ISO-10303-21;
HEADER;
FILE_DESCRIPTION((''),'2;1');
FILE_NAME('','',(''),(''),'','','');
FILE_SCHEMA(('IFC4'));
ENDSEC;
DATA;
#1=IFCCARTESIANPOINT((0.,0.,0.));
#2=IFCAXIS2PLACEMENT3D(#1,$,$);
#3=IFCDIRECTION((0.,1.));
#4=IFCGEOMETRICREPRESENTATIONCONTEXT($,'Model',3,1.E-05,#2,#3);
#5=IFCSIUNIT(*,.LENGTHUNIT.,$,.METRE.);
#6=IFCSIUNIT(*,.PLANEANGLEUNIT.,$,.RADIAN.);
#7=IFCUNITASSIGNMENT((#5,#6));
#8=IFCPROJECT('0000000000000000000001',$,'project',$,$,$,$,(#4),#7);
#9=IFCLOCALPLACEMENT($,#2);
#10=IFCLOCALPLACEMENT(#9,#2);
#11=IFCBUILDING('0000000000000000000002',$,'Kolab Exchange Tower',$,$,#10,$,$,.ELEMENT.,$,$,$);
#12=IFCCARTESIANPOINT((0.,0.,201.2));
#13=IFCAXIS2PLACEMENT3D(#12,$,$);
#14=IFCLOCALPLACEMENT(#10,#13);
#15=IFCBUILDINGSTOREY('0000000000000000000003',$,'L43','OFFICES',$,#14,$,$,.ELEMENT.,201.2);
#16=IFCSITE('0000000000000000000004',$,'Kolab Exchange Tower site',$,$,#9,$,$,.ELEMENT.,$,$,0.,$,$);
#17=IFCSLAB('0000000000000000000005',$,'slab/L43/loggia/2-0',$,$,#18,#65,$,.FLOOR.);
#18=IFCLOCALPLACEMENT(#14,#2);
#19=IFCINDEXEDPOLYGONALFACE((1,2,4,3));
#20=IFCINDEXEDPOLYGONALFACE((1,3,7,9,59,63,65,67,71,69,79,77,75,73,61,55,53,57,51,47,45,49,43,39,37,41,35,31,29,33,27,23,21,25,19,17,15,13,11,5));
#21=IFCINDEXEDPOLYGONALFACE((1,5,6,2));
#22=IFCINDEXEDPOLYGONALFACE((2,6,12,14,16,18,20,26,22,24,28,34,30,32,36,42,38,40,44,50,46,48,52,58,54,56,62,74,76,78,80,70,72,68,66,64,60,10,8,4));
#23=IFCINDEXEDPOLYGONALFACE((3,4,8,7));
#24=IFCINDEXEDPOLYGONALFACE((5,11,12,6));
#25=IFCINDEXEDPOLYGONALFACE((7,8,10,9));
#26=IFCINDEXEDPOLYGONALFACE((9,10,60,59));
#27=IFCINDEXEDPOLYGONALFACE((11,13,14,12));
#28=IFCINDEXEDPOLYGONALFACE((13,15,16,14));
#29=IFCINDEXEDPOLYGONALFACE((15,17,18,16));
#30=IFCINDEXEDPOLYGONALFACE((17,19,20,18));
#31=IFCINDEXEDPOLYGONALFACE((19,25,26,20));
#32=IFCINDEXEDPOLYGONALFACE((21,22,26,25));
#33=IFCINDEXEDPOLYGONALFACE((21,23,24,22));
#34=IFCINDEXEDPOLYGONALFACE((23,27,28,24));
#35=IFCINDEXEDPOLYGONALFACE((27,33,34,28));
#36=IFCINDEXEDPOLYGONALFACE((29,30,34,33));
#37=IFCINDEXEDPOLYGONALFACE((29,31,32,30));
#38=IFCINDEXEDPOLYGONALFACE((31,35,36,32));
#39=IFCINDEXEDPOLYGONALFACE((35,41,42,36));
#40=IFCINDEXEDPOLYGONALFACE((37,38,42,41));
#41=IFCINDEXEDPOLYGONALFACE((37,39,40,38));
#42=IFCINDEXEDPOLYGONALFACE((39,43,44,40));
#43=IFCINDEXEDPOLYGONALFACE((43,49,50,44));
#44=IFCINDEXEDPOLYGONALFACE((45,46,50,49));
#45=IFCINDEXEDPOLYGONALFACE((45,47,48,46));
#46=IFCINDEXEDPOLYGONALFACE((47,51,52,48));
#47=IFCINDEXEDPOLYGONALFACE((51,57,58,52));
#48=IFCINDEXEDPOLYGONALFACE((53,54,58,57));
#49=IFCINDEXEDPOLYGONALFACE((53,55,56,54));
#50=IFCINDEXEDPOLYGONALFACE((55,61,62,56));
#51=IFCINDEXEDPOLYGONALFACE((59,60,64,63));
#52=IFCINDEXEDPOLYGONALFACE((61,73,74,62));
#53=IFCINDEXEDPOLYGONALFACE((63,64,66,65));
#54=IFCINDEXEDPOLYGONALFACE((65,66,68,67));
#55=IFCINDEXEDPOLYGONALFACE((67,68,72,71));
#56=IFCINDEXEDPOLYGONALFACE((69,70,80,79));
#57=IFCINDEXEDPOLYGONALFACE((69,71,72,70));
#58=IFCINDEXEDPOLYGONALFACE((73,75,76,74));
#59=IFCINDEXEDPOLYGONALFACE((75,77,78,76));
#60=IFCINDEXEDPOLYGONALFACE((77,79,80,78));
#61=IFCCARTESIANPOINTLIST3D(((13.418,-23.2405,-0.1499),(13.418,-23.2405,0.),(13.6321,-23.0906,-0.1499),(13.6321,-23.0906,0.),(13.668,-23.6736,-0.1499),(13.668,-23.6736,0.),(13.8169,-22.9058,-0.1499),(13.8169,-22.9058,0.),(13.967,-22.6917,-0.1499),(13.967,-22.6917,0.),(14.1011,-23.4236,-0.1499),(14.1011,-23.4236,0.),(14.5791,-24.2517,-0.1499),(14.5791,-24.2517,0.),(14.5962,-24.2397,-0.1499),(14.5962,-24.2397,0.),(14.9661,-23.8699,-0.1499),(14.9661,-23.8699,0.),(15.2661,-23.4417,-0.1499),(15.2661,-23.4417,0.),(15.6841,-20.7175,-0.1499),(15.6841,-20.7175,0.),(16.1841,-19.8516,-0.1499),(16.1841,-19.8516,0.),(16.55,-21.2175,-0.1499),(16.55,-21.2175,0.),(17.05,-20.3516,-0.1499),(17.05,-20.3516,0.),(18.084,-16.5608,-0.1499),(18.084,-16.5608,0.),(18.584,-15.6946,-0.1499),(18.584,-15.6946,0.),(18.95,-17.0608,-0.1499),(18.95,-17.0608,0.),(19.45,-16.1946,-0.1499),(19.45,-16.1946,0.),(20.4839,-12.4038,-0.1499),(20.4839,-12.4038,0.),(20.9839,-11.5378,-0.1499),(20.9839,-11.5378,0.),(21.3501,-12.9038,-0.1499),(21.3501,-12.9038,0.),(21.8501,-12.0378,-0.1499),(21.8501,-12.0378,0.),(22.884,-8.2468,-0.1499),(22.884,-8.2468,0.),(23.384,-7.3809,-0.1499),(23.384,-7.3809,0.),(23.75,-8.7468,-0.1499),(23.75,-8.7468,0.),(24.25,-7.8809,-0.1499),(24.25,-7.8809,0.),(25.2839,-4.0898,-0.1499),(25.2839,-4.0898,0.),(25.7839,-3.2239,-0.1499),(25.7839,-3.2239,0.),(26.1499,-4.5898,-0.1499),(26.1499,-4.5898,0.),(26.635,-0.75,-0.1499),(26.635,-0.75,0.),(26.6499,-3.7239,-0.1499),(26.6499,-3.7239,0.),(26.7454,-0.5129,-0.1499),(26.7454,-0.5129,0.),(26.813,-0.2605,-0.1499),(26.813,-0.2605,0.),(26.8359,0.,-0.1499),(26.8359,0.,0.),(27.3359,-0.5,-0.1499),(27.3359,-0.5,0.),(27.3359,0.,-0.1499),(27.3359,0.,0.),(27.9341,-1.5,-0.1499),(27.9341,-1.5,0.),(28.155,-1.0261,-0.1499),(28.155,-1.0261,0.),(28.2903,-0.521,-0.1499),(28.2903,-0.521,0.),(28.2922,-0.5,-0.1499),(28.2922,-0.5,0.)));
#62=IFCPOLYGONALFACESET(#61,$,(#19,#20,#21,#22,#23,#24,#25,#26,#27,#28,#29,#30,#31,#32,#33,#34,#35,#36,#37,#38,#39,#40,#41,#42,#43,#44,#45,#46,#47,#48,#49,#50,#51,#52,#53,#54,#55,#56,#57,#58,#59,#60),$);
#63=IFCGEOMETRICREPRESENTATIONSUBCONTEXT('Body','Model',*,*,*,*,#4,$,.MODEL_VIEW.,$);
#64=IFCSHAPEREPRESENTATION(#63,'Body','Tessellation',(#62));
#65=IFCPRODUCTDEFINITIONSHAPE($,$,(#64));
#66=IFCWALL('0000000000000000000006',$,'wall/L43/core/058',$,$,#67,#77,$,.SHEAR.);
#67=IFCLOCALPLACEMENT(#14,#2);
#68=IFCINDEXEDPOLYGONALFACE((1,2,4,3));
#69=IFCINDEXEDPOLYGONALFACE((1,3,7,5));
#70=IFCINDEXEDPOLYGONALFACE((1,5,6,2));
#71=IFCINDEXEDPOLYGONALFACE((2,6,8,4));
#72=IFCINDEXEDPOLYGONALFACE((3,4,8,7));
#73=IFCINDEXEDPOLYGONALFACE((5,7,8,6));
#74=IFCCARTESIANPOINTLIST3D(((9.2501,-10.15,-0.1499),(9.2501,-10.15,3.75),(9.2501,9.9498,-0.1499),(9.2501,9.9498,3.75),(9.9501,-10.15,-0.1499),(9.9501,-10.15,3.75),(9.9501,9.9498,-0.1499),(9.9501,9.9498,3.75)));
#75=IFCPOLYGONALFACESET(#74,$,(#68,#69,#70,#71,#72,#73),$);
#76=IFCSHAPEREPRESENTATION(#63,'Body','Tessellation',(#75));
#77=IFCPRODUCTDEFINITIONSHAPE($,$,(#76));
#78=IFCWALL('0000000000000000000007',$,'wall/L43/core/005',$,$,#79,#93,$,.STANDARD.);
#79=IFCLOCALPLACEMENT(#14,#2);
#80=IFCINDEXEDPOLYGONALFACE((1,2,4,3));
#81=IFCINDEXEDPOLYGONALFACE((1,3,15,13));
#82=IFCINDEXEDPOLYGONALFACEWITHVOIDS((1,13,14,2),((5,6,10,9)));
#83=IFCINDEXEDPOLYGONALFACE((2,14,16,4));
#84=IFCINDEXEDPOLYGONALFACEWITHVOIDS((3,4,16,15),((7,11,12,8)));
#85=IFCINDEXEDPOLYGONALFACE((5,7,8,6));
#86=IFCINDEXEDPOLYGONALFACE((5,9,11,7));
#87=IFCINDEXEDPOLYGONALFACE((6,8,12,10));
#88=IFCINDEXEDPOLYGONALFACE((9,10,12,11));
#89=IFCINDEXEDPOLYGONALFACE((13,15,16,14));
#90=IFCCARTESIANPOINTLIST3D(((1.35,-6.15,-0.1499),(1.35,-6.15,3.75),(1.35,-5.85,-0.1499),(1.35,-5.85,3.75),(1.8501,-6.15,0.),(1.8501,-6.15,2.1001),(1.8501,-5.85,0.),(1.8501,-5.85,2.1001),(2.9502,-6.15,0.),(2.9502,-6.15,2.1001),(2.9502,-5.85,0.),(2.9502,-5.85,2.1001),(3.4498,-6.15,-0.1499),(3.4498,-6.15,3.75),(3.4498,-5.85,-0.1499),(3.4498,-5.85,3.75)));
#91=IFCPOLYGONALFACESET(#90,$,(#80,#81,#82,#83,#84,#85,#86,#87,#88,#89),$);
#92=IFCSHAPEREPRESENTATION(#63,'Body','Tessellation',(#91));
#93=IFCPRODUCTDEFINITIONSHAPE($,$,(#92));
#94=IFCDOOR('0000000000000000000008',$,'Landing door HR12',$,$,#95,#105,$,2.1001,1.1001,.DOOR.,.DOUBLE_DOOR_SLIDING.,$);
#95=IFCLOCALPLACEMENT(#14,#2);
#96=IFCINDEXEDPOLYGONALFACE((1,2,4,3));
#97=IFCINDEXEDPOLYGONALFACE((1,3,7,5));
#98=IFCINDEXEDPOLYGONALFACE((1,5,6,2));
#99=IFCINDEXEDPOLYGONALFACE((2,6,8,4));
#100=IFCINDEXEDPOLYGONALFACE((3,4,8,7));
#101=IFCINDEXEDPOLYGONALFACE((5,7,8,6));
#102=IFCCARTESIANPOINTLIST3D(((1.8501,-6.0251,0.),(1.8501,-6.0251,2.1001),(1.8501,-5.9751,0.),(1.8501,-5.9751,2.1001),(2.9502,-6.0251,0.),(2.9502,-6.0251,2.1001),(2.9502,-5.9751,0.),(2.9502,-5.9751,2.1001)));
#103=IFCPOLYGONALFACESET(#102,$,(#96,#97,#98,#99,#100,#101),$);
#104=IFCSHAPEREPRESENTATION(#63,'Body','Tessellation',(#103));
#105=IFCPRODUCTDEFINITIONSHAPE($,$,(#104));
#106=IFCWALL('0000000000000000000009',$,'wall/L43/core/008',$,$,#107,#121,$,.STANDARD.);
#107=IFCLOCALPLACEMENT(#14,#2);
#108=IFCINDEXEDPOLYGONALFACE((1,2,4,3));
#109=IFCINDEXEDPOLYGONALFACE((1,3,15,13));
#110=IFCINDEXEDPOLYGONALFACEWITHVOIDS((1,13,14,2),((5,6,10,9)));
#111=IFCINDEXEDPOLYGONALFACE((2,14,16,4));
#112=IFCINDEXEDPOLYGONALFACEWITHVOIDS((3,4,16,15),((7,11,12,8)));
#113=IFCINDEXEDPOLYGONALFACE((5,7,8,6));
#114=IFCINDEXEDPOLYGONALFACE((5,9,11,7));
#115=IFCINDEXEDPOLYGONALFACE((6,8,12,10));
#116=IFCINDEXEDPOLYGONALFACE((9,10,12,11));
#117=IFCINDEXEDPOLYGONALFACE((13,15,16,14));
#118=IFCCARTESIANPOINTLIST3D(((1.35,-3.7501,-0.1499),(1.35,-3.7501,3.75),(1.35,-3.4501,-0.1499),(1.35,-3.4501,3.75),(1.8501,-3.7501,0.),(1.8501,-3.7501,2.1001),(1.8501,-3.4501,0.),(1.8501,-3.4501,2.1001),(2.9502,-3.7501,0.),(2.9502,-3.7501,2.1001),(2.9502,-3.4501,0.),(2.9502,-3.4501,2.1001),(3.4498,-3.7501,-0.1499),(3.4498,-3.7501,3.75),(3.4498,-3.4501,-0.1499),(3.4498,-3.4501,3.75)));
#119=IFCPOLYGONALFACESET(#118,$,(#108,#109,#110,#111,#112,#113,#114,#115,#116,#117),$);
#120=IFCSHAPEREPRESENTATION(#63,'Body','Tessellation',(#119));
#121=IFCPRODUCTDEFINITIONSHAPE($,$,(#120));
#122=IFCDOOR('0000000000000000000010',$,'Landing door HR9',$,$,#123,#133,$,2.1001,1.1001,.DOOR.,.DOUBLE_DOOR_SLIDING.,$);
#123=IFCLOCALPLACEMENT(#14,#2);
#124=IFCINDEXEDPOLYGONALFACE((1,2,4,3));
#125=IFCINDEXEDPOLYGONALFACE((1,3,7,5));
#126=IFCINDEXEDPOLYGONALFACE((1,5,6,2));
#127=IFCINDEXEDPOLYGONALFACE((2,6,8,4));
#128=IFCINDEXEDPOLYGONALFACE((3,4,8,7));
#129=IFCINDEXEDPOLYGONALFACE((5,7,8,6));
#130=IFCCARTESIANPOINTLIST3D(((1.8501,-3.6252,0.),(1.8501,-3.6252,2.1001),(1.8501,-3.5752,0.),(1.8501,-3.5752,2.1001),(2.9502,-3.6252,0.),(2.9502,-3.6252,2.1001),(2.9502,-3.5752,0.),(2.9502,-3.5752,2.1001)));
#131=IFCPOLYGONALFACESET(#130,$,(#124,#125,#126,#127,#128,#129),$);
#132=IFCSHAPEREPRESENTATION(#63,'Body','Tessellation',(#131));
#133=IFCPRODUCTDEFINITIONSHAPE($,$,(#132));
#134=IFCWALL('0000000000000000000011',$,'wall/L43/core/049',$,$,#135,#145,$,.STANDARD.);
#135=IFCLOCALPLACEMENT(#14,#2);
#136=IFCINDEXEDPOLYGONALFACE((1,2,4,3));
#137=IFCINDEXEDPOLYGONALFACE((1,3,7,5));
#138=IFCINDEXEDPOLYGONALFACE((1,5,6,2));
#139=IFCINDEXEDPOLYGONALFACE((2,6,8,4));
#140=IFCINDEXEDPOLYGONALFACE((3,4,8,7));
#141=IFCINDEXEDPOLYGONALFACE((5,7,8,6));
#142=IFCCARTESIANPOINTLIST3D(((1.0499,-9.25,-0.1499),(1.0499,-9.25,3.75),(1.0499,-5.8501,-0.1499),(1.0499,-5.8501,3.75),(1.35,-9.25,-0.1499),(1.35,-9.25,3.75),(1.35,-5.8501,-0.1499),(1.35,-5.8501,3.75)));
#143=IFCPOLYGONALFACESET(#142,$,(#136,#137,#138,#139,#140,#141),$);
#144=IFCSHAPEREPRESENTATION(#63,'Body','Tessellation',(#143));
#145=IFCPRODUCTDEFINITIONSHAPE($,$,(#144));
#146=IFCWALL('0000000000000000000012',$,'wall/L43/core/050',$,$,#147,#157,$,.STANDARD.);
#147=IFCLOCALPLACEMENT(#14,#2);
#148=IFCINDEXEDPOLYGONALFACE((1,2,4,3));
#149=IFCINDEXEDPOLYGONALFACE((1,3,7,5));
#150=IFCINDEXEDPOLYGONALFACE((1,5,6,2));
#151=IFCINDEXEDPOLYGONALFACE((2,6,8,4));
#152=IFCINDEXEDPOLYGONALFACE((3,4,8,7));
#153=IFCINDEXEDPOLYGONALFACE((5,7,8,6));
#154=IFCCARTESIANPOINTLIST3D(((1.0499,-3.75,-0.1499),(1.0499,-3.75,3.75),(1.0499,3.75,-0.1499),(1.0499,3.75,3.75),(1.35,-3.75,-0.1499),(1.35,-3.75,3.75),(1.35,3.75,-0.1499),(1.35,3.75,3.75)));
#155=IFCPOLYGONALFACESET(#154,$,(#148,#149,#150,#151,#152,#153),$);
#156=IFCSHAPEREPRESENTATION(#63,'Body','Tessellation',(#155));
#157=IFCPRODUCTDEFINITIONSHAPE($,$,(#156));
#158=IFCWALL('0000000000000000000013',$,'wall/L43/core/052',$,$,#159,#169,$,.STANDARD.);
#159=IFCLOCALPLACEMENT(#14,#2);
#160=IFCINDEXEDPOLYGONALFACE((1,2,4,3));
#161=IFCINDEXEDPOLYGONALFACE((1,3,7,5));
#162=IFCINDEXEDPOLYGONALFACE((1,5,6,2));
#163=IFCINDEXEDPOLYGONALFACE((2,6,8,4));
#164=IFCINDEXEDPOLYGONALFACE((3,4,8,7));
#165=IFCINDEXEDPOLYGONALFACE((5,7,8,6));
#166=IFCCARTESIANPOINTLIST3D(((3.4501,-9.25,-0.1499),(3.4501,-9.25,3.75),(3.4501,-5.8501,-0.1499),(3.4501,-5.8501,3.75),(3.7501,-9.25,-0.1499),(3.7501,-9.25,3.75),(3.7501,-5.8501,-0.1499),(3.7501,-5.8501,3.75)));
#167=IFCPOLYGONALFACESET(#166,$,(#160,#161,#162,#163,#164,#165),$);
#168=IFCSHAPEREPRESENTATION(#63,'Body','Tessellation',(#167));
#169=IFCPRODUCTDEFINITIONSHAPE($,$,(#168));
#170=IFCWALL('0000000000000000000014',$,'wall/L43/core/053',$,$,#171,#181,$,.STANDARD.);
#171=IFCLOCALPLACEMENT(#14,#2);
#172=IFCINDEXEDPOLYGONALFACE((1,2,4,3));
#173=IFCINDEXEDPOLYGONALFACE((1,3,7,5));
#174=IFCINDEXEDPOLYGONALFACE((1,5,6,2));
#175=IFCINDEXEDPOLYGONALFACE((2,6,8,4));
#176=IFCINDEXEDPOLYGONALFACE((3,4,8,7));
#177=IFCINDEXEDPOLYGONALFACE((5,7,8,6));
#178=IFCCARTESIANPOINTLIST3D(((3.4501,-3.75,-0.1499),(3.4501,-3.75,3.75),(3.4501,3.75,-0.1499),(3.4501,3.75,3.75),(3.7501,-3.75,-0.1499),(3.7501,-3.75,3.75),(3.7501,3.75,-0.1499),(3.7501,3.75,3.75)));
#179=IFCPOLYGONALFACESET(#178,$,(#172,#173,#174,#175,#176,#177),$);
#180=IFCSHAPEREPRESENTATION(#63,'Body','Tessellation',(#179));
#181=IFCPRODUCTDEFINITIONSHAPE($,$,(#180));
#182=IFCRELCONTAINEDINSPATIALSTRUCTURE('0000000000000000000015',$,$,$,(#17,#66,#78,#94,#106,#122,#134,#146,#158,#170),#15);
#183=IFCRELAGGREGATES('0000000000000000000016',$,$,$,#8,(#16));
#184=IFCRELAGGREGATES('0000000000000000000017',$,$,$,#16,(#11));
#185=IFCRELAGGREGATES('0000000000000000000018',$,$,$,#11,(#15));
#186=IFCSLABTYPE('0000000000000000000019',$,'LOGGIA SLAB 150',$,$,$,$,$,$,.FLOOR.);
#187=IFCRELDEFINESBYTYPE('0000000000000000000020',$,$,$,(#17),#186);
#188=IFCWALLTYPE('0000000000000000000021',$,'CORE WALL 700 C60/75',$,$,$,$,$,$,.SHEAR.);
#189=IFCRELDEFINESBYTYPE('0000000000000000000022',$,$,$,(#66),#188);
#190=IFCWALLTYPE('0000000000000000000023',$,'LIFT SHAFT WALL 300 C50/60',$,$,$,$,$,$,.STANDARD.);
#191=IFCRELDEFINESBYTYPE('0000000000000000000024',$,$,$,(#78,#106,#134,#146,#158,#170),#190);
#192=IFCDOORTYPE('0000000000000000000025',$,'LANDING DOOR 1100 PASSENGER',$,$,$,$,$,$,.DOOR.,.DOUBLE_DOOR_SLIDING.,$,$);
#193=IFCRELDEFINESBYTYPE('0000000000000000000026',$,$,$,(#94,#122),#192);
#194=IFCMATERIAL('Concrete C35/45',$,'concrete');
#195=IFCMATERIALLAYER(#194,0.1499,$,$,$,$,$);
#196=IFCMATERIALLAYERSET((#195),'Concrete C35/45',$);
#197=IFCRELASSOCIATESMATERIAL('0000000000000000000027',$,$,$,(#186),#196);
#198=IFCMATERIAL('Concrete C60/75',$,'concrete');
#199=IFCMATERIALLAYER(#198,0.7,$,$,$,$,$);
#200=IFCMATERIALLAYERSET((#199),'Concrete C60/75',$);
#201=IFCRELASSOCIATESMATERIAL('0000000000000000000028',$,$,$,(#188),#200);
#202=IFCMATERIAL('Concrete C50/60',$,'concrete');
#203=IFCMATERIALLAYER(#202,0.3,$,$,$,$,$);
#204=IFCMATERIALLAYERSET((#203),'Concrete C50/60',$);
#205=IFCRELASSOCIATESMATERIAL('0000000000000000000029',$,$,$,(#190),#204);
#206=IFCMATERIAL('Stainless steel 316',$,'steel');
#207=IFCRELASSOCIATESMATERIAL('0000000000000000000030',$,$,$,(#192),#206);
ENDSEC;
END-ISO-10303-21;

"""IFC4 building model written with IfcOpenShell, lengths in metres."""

from ifc_helpers import new_model, si_unit, direction, frame, frame_2d, origin, place, context, subcontext, project, spatial, polyline, rectangle, outline, extrude, material, layer, layer_set, type_object, element, fill, save


model = new_model("IFC4")

# Units and contexts
model_context = context("Model", 3, precision=1e-05, world=origin(), true_north=direction((0.0, 1.0)))
body_context = subcontext(model_context, "Body", "Model", "MODEL_VIEW")
ifc_project = project(units=[si_unit("LENGTHUNIT", "METRE"), si_unit("PLANEANGLEUNIT", "RADIAN")], contexts=[model_context])

# Site, building, storey
site_placement = place(None, origin())
site = spatial("IfcSite", under=ifc_project, at=site_placement, Name="Kolab Exchange Tower site", CompositionType="ELEMENT", RefElevation=0.0)
building_placement = place(site_placement, origin())
building = spatial("IfcBuilding", under=site, at=building_placement, Name="Kolab Exchange Tower", CompositionType="ELEMENT")
storey_placement = place(building_placement, frame((0.0, 0.0, 201.2)))
storey = spatial("IfcBuildingStorey", under=building, at=storey_placement, Name="L43", Description="OFFICES", CompositionType="ELEMENT", Elevation=201.2)

# Slab
ifc_material_1 = material(Name="Concrete C35/45", Category="concrete")
ifc_layer_1 = layer(ifc_material_1, 0.1499)
ifc_layer_set_1 = layer_set([ifc_layer_1], Name="Concrete C35/45")
slab_type_1 = type_object("IfcSlabType", Name="LOGGIA SLAB 150", PredefinedType="FLOOR", material=ifc_layer_set_1)
slab_1_placement = place(storey_placement, frame((0.0, 0.0, -0.1499)))
element("IfcSlab", 1, at=slab_1_placement, inside=storey, type_object=slab_type_1, Name="slab/L43/loggia/2-0", PredefinedType="FLOOR", context=body_context, shape_type="SweptSolid", body=[
    extrude(outline(polyline([(15.2661, -23.4417), (16.55, -21.2175), (15.6841, -20.7175), (16.1841, -19.8516), (17.05, -20.3516), (18.95, -17.0608), (18.084, -16.5608), (18.584, -15.6946), (19.45, -16.1946), (21.3501, -12.9038), (20.4839, -12.4038), (20.9839, -11.5378), (21.8501, -12.0378), (23.75, -8.7468), (22.884, -8.2468), (23.384, -7.3809), (24.25, -7.8809), (26.1499, -4.5898), (25.2839, -4.0898), (25.7839, -3.2239), (26.6499, -3.7239), (27.9341, -1.5), (28.155, -1.0261), (28.2903, -0.521), (28.2922, -0.5), (27.3359, -0.5), (27.3359, 0.0), (26.8359, 0.0), (26.813, -0.2605), (26.7454, -0.5129), (26.635, -0.75), (13.967, -22.6917), (13.8169, -22.9058), (13.6321, -23.0906), (13.418, -23.2405), (13.668, -23.6736), (14.1011, -23.4236), (14.5791, -24.2517), (14.5962, -24.2397), (14.9661, -23.8699), (15.2661, -23.4417)])), origin(), (0.0, 0.0, 1.0), 0.1499),
])

# Wall
ifc_material_2 = material(Name="Concrete C60/75", Category="concrete")
ifc_layer_2 = layer(ifc_material_2, 0.7)
ifc_layer_set_2 = layer_set([ifc_layer_2], Name="Concrete C60/75")
wall_type_1 = type_object("IfcWallType", Name="CORE WALL 700 C60/75", PredefinedType="SHEAR", material=ifc_layer_set_2)
wall_1_placement = place(storey_placement, frame((9.6001, -10.1499, -0.1499), z_axis=(0.0, 0.0, 1.0), x_axis=(0.0, 1.0, 0.0)))
element("IfcWall", 2, at=wall_1_placement, inside=storey, type_object=wall_type_1, Name="wall/L43/core/058", PredefinedType="SHEAR", context=body_context, shape_type="SweptSolid", body=[
    extrude(rectangle(XDim=20.0999, YDim=0.7, at=frame_2d((10.0498, 0.0))), origin(), (0.0, 0.0, 1.0), 3.8999),
])

# Walls, openings, doors
ifc_material_3 = material(Name="Concrete C50/60", Category="concrete")
ifc_layer_3 = layer(ifc_material_3, 0.3)
ifc_layer_set_3 = layer_set([ifc_layer_3], Name="Concrete C50/60")
wall_type_2 = type_object("IfcWallType", Name="LIFT SHAFT WALL 300 C50/60", PredefinedType="STANDARD", material=ifc_layer_set_3)
wall_2_placement = place(storey_placement, frame((1.3501, -6.0, -0.1499), z_axis=(0.0, 0.0, 1.0), x_axis=(1.0, 0.0, 0.0)))
wall_2 = element("IfcWall", 3, at=wall_2_placement, inside=storey, type_object=wall_type_2, Name="wall/L43/core/005", PredefinedType="STANDARD", context=body_context, shape_type="SweptSolid", body=[
    extrude(rectangle(XDim=2.0999, YDim=0.3, at=frame_2d((1.0498, 0.0))), origin(), (0.0, 0.0, 1.0), 3.8999),
])
opening_1_placement = place(wall_2_placement, frame((0.5, 0.0, 0.1499)))
opening_1 = element("IfcOpeningElement", 4, at=opening_1_placement, cuts=wall_2, PredefinedType="OPENING", context=body_context, shape_type="SweptSolid", body=[
    extrude(rectangle(XDim=1.1001, YDim=2.1001, at=frame_2d((0.55, 1.05))), frame((0.0, 0.1602, 0.0), z_axis=(0.0, -1.0, 0.0), x_axis=(1.0, 0.0, 0.0)), (0.0, 0.0, 1.0), 0.3201),
])
ifc_material_4 = material(Name="Stainless steel 316", Category="steel")
door_type_1 = type_object("IfcDoorType", Name="LANDING DOOR 1100 PASSENGER", OperationType="DOUBLE_DOOR_SLIDING", PredefinedType="DOOR", material=ifc_material_4)
door_1_placement = place(opening_1_placement, origin())
door_1 = element("IfcDoor", 5, at=door_1_placement, inside=storey, type_object=door_type_1, Name="Landing door HR12", OperationType="DOUBLE_DOOR_SLIDING", OverallHeight=2.1001, OverallWidth=1.1001, PredefinedType="DOOR", context=body_context, shape_type="SweptSolid", body=[
    extrude(rectangle(XDim=1.1001, YDim=2.1001, at=frame_2d((0.55, 1.05))), frame((0.0, 0.0249, 0.0), z_axis=(0.0, -1.0, 0.0), x_axis=(1.0, 0.0, 0.0)), (0.0, 0.0, 1.0), 0.05),
])
fill(opening_1, door_1)
wall_3_placement = place(storey_placement, frame((1.3501, -3.6001, -0.1499), z_axis=(0.0, 0.0, 1.0), x_axis=(1.0, 0.0, 0.0)))
wall_3 = element("IfcWall", 6, at=wall_3_placement, inside=storey, type_object=wall_type_2, Name="wall/L43/core/008", PredefinedType="STANDARD", context=body_context, shape_type="SweptSolid", body=[
    extrude(rectangle(XDim=2.0999, YDim=0.3, at=frame_2d((1.0498, 0.0))), origin(), (0.0, 0.0, 1.0), 3.8999),
])
opening_2_placement = place(wall_3_placement, frame((0.5, 0.0, 0.1499)))
opening_2 = element("IfcOpeningElement", 7, at=opening_2_placement, cuts=wall_3, PredefinedType="OPENING", context=body_context, shape_type="SweptSolid", body=[
    extrude(rectangle(XDim=1.1001, YDim=2.1001, at=frame_2d((0.55, 1.05))), frame((0.0, 0.1602, 0.0), z_axis=(0.0, -1.0, 0.0), x_axis=(1.0, 0.0, 0.0)), (0.0, 0.0, 1.0), 0.3201),
])
door_2_placement = place(opening_2_placement, origin())
door_2 = element("IfcDoor", 8, at=door_2_placement, inside=storey, type_object=door_type_1, Name="Landing door HR9", OperationType="DOUBLE_DOOR_SLIDING", OverallHeight=2.1001, OverallWidth=1.1001, PredefinedType="DOOR", context=body_context, shape_type="SweptSolid", body=[
    extrude(rectangle(XDim=1.1001, YDim=2.1001, at=frame_2d((0.55, 1.05))), frame((0.0, 0.0249, 0.0), z_axis=(0.0, -1.0, 0.0), x_axis=(1.0, 0.0, 0.0)), (0.0, 0.0, 1.0), 0.05),
])
fill(opening_2, door_2)

# Walls
wall_4_placement = place(storey_placement, frame((1.2, -9.25, -0.1499), z_axis=(0.0, 0.0, 1.0), x_axis=(0.0, 1.0, 0.0)))
element("IfcWall", 9, at=wall_4_placement, inside=storey, type_object=wall_type_2, Name="wall/L43/core/049", PredefinedType="STANDARD", context=body_context, shape_type="SweptSolid", body=[
    extrude(rectangle(XDim=3.3999, YDim=0.3, at=frame_2d((1.7, 0.0))), origin(), (0.0, 0.0, 1.0), 3.8999),
])
wall_5_placement = place(storey_placement, frame((1.2, -3.75, -0.1499), z_axis=(0.0, 0.0, 1.0), x_axis=(0.0, 1.0, 0.0)))
element("IfcWall", 10, at=wall_5_placement, inside=storey, type_object=wall_type_2, Name="wall/L43/core/050", PredefinedType="STANDARD", context=body_context, shape_type="SweptSolid", body=[
    extrude(rectangle(XDim=7.5, YDim=0.3, at=frame_2d((3.75, 0.0))), origin(), (0.0, 0.0, 1.0), 3.8999),
])
wall_6_placement = place(storey_placement, frame((3.6001, -9.25, -0.1499), z_axis=(0.0, 0.0, 1.0), x_axis=(0.0, 1.0, 0.0)))
element("IfcWall", 11, at=wall_6_placement, inside=storey, type_object=wall_type_2, Name="wall/L43/core/052", PredefinedType="STANDARD", context=body_context, shape_type="SweptSolid", body=[
    extrude(rectangle(XDim=3.3999, YDim=0.3, at=frame_2d((1.7, 0.0))), origin(), (0.0, 0.0, 1.0), 3.8999),
])
wall_7_placement = place(storey_placement, frame((3.6001, -3.75, -0.1499), z_axis=(0.0, 0.0, 1.0), x_axis=(0.0, 1.0, 0.0)))
element("IfcWall", 12, at=wall_7_placement, inside=storey, type_object=wall_type_2, Name="wall/L43/core/053", PredefinedType="STANDARD", context=body_context, shape_type="SweptSolid", body=[
    extrude(rectangle(XDim=7.5, YDim=0.3, at=frame_2d((3.75, 0.0))), origin(), (0.0, 0.0, 1.0), 3.8999),
])

save(model, "model.ifc")
